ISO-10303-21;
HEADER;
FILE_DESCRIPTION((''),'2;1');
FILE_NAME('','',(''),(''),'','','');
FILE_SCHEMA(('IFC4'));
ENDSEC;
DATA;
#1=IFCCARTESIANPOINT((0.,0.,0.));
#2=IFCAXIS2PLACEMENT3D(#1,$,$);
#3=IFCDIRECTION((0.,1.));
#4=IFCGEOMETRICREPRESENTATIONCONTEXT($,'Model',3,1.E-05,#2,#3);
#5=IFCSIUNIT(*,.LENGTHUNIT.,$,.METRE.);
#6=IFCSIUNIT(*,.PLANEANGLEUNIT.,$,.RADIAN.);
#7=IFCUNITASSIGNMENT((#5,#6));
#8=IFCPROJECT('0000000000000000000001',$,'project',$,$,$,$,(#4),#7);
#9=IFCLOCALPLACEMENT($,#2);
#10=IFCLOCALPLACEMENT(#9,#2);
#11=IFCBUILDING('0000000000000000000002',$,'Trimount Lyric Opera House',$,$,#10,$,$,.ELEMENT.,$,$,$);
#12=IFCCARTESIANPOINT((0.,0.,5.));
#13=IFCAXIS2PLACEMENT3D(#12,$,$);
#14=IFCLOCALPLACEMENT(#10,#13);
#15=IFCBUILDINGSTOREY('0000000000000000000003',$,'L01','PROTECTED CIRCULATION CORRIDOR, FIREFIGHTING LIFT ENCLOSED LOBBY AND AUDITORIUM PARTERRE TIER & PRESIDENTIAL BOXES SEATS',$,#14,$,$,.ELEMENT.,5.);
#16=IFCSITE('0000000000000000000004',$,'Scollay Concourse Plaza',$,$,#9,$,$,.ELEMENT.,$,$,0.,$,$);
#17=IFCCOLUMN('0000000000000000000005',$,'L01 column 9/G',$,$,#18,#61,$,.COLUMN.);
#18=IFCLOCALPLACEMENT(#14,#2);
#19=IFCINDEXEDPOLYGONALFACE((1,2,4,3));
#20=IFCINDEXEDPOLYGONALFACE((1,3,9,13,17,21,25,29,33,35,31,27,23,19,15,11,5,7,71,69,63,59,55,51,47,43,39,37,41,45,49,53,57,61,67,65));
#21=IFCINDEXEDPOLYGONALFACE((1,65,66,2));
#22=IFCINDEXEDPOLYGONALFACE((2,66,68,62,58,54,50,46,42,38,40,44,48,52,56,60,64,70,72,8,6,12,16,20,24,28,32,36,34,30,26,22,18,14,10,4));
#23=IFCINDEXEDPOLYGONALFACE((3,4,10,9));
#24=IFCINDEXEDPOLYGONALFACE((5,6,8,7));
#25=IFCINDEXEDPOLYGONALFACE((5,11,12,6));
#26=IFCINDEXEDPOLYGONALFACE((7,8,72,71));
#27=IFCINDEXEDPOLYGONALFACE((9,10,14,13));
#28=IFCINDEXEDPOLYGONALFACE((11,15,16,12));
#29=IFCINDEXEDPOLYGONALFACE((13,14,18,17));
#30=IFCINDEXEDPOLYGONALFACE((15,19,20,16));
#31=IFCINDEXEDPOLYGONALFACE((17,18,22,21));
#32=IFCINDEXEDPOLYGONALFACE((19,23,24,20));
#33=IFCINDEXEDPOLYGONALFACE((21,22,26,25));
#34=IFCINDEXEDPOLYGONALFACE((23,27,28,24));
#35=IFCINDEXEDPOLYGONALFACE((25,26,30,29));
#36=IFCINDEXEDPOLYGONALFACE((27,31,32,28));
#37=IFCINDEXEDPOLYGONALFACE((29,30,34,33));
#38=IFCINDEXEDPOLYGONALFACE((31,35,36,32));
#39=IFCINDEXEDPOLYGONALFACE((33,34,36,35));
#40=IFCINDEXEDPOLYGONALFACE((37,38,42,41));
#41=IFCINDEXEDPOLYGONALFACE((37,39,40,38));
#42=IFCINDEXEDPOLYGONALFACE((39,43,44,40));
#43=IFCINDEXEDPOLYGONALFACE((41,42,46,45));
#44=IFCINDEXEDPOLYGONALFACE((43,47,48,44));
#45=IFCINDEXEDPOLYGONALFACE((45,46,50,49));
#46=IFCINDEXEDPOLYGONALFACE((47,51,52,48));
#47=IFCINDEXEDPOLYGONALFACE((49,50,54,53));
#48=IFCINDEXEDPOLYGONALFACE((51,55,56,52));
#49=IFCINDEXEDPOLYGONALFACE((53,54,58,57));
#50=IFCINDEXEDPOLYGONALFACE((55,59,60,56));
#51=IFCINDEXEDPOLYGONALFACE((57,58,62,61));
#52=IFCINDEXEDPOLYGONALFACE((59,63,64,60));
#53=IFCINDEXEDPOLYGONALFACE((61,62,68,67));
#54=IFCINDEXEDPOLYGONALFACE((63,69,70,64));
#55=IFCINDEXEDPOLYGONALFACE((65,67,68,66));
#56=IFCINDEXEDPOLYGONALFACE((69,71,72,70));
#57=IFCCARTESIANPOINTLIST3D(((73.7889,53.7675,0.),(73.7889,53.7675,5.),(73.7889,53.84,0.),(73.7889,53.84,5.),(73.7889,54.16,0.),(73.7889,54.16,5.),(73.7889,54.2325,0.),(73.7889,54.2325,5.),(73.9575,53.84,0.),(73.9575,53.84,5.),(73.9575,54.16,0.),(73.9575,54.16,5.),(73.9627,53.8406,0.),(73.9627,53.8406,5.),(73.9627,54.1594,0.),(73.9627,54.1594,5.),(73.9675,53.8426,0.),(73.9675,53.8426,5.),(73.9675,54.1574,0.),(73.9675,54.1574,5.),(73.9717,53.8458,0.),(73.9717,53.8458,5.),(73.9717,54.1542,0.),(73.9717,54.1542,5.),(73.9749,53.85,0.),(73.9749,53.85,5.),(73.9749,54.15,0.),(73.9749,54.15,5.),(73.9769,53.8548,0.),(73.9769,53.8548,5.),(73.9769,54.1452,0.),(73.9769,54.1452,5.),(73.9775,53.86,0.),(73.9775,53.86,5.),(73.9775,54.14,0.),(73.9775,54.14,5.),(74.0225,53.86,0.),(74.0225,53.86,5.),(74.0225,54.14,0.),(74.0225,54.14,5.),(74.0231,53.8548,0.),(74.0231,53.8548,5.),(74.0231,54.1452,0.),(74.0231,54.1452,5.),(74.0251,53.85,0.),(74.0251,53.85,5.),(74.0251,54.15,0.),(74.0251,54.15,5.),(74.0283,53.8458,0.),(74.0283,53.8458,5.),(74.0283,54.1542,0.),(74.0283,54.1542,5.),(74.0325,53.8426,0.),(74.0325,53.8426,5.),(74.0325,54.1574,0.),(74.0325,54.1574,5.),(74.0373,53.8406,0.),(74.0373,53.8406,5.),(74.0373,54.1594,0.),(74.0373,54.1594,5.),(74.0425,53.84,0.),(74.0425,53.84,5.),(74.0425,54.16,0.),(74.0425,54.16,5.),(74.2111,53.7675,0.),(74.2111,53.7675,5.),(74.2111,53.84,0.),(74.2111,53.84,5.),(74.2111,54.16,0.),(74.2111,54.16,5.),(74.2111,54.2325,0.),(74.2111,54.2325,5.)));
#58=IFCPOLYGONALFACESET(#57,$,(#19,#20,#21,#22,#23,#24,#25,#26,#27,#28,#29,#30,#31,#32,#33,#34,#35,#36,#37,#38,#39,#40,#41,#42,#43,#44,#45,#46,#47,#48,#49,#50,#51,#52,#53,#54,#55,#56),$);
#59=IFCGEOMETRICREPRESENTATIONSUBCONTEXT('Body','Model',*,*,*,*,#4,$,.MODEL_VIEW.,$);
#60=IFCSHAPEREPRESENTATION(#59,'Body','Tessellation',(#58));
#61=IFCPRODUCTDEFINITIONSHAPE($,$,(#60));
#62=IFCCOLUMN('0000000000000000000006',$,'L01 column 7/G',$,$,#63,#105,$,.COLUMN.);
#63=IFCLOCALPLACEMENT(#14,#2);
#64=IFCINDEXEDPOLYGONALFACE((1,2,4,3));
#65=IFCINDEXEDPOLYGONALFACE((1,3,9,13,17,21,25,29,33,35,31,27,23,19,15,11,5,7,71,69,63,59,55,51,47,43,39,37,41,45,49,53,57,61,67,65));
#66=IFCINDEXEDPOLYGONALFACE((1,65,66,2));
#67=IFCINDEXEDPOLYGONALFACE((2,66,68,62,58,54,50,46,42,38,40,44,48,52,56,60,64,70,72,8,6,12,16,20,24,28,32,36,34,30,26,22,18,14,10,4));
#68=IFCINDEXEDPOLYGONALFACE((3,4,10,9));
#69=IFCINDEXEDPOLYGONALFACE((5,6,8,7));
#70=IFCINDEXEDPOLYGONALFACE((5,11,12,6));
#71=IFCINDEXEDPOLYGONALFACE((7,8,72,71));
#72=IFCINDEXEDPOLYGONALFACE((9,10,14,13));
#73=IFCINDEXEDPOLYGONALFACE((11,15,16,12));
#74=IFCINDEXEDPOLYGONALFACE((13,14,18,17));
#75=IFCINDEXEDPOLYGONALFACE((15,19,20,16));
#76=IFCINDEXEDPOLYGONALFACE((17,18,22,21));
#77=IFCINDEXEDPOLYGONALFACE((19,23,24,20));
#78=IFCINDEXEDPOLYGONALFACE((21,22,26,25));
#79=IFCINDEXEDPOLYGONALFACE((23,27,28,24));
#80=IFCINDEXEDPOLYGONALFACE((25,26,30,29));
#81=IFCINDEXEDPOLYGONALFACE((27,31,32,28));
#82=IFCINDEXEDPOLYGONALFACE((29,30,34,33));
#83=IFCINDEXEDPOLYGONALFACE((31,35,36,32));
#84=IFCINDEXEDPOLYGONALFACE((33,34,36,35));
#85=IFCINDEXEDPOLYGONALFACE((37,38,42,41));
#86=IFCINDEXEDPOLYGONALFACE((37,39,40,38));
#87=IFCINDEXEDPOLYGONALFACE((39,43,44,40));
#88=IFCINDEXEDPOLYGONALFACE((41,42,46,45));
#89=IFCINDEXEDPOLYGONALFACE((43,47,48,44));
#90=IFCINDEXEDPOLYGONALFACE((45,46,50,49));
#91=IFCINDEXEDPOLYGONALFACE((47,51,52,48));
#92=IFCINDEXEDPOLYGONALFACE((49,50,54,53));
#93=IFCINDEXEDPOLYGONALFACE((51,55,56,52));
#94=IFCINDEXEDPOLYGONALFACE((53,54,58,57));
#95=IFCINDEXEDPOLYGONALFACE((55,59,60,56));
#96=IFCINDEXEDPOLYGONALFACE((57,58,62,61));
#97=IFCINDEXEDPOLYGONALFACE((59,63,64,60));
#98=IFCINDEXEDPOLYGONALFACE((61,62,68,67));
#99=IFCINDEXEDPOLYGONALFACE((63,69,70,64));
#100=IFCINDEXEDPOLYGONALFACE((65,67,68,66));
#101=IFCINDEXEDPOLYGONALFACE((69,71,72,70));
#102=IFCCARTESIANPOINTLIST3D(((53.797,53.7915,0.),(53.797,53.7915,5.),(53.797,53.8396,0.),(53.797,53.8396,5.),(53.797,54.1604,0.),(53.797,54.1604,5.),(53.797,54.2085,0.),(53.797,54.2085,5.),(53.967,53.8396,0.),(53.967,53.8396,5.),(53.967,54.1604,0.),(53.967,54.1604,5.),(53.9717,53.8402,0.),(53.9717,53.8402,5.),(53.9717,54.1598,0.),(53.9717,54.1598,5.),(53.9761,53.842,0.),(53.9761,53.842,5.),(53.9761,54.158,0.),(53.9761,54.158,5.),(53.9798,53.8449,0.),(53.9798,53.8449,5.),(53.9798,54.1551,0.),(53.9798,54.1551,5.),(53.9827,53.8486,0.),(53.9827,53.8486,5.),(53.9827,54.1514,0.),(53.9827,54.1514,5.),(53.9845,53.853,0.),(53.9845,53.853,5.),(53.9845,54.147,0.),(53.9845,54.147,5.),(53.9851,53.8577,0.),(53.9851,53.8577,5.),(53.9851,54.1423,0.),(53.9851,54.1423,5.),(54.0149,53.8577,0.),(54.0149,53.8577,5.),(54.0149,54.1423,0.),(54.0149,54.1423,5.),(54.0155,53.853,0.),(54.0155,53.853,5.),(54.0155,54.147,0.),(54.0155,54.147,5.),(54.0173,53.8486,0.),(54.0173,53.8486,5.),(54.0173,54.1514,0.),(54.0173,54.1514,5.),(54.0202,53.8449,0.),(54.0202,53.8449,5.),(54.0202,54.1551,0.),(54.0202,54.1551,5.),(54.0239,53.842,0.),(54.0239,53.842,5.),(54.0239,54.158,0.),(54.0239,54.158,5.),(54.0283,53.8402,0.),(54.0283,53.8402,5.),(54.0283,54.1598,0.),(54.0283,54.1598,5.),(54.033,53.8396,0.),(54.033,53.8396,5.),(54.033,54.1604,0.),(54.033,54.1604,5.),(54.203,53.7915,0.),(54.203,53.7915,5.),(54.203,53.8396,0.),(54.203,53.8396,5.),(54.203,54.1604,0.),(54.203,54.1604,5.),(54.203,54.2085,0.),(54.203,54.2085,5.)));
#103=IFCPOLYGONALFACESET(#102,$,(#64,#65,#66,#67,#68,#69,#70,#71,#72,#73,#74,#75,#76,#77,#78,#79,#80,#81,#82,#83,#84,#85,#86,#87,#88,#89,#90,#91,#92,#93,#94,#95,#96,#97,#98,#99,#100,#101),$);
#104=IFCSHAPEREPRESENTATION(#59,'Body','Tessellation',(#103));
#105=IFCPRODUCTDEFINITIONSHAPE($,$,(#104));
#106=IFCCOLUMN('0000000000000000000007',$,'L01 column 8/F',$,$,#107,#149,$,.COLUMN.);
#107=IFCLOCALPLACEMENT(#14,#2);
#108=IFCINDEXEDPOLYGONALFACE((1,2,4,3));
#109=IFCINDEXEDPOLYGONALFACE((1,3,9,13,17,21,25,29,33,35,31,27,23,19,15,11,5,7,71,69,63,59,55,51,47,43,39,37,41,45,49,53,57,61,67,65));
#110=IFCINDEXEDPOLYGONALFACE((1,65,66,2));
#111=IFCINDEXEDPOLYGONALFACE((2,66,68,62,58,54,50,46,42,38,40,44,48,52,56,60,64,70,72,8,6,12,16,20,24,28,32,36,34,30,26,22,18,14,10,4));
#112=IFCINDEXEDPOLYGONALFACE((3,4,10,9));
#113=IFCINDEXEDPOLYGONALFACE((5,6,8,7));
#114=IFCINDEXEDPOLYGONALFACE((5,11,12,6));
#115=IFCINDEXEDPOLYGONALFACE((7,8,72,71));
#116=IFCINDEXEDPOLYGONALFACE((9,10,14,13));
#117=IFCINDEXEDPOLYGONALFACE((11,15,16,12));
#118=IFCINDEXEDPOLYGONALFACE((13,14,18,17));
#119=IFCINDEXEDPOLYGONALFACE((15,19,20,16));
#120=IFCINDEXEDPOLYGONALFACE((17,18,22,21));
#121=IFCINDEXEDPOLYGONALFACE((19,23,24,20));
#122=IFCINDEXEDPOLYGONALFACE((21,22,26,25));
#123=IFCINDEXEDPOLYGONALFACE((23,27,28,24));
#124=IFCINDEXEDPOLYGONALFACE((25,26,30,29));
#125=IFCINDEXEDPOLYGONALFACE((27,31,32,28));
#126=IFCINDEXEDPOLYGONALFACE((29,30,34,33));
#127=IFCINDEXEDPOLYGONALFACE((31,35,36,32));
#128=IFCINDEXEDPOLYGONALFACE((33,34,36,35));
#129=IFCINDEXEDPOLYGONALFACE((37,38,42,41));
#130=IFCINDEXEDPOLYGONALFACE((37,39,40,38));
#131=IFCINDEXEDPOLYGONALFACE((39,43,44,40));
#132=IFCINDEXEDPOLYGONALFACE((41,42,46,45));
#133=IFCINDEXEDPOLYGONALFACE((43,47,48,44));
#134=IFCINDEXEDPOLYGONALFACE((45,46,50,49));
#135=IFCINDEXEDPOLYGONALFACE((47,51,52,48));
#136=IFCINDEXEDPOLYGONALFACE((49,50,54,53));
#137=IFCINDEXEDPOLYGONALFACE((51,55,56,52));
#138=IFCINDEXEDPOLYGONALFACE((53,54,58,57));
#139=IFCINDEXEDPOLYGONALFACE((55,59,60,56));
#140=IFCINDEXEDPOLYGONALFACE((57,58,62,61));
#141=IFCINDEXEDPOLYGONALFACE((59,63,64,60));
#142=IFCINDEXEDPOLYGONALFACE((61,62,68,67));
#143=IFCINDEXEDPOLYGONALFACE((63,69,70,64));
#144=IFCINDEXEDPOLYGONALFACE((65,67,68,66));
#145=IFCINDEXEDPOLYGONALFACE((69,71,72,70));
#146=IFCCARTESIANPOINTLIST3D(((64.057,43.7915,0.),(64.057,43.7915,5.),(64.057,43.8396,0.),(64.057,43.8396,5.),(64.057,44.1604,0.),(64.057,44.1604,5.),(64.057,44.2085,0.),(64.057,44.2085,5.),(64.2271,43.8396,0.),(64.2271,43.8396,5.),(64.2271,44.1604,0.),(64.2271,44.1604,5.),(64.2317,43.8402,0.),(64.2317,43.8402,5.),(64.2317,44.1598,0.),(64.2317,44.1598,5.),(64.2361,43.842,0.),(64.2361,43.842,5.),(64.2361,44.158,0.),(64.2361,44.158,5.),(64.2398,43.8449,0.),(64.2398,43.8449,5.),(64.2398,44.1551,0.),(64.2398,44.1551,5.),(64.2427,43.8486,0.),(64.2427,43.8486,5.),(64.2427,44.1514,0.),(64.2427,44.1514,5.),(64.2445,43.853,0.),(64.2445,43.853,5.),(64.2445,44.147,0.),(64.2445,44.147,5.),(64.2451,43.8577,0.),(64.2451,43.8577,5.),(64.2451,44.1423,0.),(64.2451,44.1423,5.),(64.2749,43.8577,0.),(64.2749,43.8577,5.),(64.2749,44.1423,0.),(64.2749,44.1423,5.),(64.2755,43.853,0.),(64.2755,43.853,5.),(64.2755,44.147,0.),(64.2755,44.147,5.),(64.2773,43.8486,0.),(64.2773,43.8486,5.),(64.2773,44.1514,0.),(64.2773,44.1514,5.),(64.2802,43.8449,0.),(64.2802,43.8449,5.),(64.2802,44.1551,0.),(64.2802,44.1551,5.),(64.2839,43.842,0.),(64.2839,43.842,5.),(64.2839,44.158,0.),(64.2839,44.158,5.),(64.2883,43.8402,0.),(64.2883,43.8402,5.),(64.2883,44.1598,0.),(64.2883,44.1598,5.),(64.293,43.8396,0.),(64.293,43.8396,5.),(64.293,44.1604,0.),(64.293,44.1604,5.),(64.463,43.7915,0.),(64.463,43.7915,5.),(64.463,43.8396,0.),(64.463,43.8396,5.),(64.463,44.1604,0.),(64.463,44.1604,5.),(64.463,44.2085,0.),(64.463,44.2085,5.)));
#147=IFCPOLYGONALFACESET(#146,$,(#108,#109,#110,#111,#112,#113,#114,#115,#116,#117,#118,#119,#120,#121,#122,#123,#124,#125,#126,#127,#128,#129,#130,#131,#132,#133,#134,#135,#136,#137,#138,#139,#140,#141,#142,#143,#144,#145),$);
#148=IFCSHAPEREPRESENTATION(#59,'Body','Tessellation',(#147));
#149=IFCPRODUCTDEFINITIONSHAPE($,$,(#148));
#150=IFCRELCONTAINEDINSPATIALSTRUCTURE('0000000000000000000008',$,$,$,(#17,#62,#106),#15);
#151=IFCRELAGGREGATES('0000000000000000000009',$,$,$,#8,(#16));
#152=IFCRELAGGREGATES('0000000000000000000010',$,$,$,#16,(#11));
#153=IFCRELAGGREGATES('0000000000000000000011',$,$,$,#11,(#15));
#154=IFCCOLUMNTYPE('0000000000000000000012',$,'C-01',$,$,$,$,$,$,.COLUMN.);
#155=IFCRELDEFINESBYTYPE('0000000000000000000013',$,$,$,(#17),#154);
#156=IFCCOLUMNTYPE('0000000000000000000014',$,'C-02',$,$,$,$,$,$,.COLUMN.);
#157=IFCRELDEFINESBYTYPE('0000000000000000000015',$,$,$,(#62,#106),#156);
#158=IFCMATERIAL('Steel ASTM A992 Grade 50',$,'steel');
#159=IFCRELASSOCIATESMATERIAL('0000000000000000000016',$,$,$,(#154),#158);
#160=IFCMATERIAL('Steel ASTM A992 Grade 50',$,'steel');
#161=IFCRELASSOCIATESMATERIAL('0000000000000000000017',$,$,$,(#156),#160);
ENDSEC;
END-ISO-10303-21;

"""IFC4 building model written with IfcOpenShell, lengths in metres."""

from ifc_helpers import new_model, si_unit, direction, frame, origin, origin_2d, place, context, subcontext, project, spatial, i_section, extrude, material, material_profile, profile_set, type_object, element, save


model = new_model("IFC4")

# Units and contexts
model_context = context("Model", 3, precision=1e-05, world=origin(), true_north=direction((0.0, 1.0)))
body_context = subcontext(model_context, "Body", "Model", "MODEL_VIEW")
ifc_project = project(units=[si_unit("LENGTHUNIT", "METRE"), si_unit("PLANEANGLEUNIT", "RADIAN")], contexts=[model_context])

# Site, building, storey
site_placement = place(None, origin())
site = spatial("IfcSite", under=ifc_project, at=site_placement, Name="Scollay Concourse Plaza", CompositionType="ELEMENT", RefElevation=0.0)
building_placement = place(site_placement, origin())
building = spatial("IfcBuilding", under=site, at=building_placement, Name="Trimount Lyric Opera House", CompositionType="ELEMENT")
storey_placement = place(building_placement, frame((0.0, 0.0, 5.0)))
storey = spatial("IfcBuildingStorey", under=building, at=storey_placement, Name="L01", Description="PROTECTED CIRCULATION CORRIDOR, FIREFIGHTING LIFT ENCLOSED LOBBY AND AUDITORIUM PARTERRE TIER & PRESIDENTIAL BOXES SEATS", CompositionType="ELEMENT", Elevation=5.0)

# Columns
ifc_material_1 = material(Name="Steel ASTM A992 Grade 50", Category="steel")
ifc_material_profile_1 = material_profile(ifc_material_1, i_section(OverallWidth=0.4221, OverallDepth=0.4651, WebThickness=0.0449, FlangeThickness=0.0725, FilletRadius=0.02, at=origin_2d()), Name="W14X398")
ifc_profile_set_1 = profile_set([ifc_material_profile_1], Name="Steel ASTM A992 Grade 50")
column_type_1 = type_object("IfcColumnType", Name="C-01", PredefinedType="COLUMN", material=ifc_profile_set_1)
column_1_placement = place(storey_placement, frame((74.0, 54.0, 0.0), z_axis=(0.0, 0.0, 1.0), x_axis=(1.0, 0.0, 0.0)))
element("IfcColumn", 1, at=column_1_placement, inside=storey, type_object=column_type_1, Name="L01 column 9/G", PredefinedType="COLUMN", context=body_context, shape_type="SweptSolid", body=[
    extrude(i_section(OverallWidth=0.4221, OverallDepth=0.4651, WebThickness=0.0449, FlangeThickness=0.0725, FilletRadius=0.02, at=origin_2d()), origin(), (0.0, 0.0, 1.0), 5.0),
])
ifc_material_2 = material(Name="Steel ASTM A992 Grade 50", Category="steel")
ifc_material_profile_2 = material_profile(ifc_material_2, i_section(OverallWidth=0.406, OverallDepth=0.417, WebThickness=0.0298, FlangeThickness=0.0481, FilletRadius=0.0181, at=origin_2d()), Name="W14X257")
ifc_profile_set_2 = profile_set([ifc_material_profile_2], Name="Steel ASTM A992 Grade 50")
column_type_2 = type_object("IfcColumnType", Name="C-02", PredefinedType="COLUMN", material=ifc_profile_set_2)
for number, where, z_axis, x_axis, name in (
    (2, (54.0, 54.0, 0.0), (0.0, 0.0, 1.0), (1.0, 0.0, 0.0), "L01 column 7/G"),
    (3, (64.26, 44.0, 0.0), (0.0, 0.0, 1.0), (1.0, 0.0, 0.0), "L01 column 8/F"),
):
    element("IfcColumn", number, at=place(storey_placement, frame(where, z_axis=z_axis, x_axis=x_axis)), inside=storey, type_object=column_type_2, Name=name, PredefinedType="COLUMN", context=body_context, shape_type="SweptSolid", body=[
        extrude(i_section(OverallWidth=0.406, OverallDepth=0.417, WebThickness=0.0298, FlangeThickness=0.0481, FilletRadius=0.0181, at=origin_2d()), origin(), (0.0, 0.0, 1.0), 5.0),
    ])

save(model, "model.ifc")
